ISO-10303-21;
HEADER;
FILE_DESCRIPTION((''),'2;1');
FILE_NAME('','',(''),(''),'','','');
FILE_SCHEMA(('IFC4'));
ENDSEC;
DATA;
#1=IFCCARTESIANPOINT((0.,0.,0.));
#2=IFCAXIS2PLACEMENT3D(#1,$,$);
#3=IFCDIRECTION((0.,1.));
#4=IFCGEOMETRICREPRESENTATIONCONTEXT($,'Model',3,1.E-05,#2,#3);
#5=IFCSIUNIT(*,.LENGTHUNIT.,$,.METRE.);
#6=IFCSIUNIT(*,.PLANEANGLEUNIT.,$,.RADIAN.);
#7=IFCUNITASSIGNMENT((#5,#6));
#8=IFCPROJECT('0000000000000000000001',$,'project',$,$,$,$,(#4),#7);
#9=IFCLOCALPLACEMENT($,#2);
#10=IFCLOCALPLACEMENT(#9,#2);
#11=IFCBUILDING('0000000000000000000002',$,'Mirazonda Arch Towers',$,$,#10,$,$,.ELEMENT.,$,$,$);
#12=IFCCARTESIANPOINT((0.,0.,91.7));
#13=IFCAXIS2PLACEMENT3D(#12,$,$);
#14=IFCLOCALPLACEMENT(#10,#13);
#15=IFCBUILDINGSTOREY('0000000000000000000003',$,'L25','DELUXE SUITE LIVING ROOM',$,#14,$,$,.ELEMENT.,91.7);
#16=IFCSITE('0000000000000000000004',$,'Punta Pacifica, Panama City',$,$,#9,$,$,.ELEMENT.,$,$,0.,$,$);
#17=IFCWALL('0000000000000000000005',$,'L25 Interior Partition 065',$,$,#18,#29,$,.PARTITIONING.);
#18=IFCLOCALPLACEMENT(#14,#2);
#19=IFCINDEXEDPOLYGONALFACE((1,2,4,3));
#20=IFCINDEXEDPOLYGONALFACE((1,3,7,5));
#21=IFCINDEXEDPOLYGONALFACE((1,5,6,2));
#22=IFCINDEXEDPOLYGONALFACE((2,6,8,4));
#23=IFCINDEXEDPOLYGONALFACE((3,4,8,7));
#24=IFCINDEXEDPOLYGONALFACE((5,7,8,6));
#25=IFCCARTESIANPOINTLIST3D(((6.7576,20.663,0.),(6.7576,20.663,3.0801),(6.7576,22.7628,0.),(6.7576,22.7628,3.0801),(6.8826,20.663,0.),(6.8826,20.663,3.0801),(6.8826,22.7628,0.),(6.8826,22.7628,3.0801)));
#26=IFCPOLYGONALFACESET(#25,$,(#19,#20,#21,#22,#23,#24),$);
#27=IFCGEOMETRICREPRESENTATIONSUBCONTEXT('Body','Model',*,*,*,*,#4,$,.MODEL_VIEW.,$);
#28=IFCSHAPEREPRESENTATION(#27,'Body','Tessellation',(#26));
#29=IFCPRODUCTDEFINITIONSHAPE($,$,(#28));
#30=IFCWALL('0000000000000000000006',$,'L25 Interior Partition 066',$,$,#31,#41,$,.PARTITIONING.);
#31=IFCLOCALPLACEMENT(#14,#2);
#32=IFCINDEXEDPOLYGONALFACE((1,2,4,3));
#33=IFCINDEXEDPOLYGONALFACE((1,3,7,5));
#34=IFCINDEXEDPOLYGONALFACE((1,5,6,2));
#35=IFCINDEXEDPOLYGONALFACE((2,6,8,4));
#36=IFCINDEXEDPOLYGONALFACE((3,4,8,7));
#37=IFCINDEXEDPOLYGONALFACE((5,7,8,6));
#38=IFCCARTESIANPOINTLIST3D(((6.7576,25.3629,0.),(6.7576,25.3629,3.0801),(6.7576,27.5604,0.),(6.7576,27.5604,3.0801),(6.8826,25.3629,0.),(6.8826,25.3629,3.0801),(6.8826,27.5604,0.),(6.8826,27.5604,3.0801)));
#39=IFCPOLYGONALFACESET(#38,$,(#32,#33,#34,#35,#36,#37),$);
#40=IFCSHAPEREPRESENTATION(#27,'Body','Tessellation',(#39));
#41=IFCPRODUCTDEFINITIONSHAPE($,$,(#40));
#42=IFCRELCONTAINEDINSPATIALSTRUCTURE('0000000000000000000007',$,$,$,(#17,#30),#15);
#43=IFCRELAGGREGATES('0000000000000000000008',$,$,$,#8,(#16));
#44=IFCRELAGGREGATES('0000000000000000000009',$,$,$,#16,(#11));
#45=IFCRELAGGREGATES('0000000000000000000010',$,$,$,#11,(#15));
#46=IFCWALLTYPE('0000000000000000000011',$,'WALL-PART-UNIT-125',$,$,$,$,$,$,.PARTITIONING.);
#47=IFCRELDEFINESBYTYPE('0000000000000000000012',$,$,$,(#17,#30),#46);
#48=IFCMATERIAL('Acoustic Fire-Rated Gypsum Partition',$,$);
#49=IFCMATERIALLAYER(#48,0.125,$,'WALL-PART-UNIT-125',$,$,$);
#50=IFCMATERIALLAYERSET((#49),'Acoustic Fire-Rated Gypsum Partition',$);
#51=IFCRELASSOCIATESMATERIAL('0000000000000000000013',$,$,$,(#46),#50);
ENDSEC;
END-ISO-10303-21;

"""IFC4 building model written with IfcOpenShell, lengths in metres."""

from ifc_helpers import new_model, si_unit, direction, frame, frame_2d, origin, place, context, subcontext, project, spatial, rectangle, extrude, material, layer, layer_set, type_object, element, save


model = new_model("IFC4")

# Units and contexts
model_context = context("Model", 3, precision=1e-05, world=origin(), true_north=direction((0.0, 1.0)))
body_context = subcontext(model_context, "Body", "Model", "MODEL_VIEW")
ifc_project = project(units=[si_unit("LENGTHUNIT", "METRE"), si_unit("PLANEANGLEUNIT", "RADIAN")], contexts=[model_context])

# Site, building, storey
site_placement = place(None, origin())
site = spatial("IfcSite", under=ifc_project, at=site_placement, Name="Punta Pacifica, Panama City", CompositionType="ELEMENT", RefElevation=0.0)
building_placement = place(site_placement, origin())
building = spatial("IfcBuilding", under=site, at=building_placement, Name="Mirazonda Arch Towers", CompositionType="ELEMENT")
storey_placement = place(building_placement, frame((0.0, 0.0, 91.7)))
storey = spatial("IfcBuildingStorey", under=building, at=storey_placement, Name="L25", Description="DELUXE SUITE LIVING ROOM", CompositionType="ELEMENT", Elevation=91.7)

# Walls
ifc_material_1 = material(Name="Acoustic Fire-Rated Gypsum Partition")
ifc_layer_1 = layer(ifc_material_1, 0.125, Name="WALL-PART-UNIT-125")
ifc_layer_set_1 = layer_set([ifc_layer_1], Name="Acoustic Fire-Rated Gypsum Partition")
wall_type_1 = type_object("IfcWallType", Name="WALL-PART-UNIT-125", PredefinedType="PARTITIONING", material=ifc_layer_set_1)
wall_1_placement = place(storey_placement, frame((6.8201, 20.6631, 0.0), z_axis=(0.0, 0.0, 1.0), x_axis=(0.0, 1.0, 0.0)))
element("IfcWall", 1, at=wall_1_placement, inside=storey, type_object=wall_type_1, Name="L25 Interior Partition 065", PredefinedType="PARTITIONING", context=body_context, shape_type="SweptSolid", body=[
    extrude(rectangle(XDim=2.0999, YDim=0.125, at=frame_2d((1.0498, 0.0))), origin(), (0.0, 0.0, 1.0), 3.0801),
])
wall_2_placement = place(storey_placement, frame((6.8201, 25.363, 0.0), z_axis=(0.0, 0.0, 1.0), x_axis=(0.0, 1.0, 0.0)))
element("IfcWall", 2, at=wall_2_placement, inside=storey, type_object=wall_type_1, Name="L25 Interior Partition 066", PredefinedType="PARTITIONING", context=body_context, shape_type="SweptSolid", body=[
    extrude(rectangle(XDim=2.1975, YDim=0.125, at=frame_2d((1.0986, 0.0))), origin(), (0.0, 0.0, 1.0), 3.0801),
])

save(model, "model.ifc")
